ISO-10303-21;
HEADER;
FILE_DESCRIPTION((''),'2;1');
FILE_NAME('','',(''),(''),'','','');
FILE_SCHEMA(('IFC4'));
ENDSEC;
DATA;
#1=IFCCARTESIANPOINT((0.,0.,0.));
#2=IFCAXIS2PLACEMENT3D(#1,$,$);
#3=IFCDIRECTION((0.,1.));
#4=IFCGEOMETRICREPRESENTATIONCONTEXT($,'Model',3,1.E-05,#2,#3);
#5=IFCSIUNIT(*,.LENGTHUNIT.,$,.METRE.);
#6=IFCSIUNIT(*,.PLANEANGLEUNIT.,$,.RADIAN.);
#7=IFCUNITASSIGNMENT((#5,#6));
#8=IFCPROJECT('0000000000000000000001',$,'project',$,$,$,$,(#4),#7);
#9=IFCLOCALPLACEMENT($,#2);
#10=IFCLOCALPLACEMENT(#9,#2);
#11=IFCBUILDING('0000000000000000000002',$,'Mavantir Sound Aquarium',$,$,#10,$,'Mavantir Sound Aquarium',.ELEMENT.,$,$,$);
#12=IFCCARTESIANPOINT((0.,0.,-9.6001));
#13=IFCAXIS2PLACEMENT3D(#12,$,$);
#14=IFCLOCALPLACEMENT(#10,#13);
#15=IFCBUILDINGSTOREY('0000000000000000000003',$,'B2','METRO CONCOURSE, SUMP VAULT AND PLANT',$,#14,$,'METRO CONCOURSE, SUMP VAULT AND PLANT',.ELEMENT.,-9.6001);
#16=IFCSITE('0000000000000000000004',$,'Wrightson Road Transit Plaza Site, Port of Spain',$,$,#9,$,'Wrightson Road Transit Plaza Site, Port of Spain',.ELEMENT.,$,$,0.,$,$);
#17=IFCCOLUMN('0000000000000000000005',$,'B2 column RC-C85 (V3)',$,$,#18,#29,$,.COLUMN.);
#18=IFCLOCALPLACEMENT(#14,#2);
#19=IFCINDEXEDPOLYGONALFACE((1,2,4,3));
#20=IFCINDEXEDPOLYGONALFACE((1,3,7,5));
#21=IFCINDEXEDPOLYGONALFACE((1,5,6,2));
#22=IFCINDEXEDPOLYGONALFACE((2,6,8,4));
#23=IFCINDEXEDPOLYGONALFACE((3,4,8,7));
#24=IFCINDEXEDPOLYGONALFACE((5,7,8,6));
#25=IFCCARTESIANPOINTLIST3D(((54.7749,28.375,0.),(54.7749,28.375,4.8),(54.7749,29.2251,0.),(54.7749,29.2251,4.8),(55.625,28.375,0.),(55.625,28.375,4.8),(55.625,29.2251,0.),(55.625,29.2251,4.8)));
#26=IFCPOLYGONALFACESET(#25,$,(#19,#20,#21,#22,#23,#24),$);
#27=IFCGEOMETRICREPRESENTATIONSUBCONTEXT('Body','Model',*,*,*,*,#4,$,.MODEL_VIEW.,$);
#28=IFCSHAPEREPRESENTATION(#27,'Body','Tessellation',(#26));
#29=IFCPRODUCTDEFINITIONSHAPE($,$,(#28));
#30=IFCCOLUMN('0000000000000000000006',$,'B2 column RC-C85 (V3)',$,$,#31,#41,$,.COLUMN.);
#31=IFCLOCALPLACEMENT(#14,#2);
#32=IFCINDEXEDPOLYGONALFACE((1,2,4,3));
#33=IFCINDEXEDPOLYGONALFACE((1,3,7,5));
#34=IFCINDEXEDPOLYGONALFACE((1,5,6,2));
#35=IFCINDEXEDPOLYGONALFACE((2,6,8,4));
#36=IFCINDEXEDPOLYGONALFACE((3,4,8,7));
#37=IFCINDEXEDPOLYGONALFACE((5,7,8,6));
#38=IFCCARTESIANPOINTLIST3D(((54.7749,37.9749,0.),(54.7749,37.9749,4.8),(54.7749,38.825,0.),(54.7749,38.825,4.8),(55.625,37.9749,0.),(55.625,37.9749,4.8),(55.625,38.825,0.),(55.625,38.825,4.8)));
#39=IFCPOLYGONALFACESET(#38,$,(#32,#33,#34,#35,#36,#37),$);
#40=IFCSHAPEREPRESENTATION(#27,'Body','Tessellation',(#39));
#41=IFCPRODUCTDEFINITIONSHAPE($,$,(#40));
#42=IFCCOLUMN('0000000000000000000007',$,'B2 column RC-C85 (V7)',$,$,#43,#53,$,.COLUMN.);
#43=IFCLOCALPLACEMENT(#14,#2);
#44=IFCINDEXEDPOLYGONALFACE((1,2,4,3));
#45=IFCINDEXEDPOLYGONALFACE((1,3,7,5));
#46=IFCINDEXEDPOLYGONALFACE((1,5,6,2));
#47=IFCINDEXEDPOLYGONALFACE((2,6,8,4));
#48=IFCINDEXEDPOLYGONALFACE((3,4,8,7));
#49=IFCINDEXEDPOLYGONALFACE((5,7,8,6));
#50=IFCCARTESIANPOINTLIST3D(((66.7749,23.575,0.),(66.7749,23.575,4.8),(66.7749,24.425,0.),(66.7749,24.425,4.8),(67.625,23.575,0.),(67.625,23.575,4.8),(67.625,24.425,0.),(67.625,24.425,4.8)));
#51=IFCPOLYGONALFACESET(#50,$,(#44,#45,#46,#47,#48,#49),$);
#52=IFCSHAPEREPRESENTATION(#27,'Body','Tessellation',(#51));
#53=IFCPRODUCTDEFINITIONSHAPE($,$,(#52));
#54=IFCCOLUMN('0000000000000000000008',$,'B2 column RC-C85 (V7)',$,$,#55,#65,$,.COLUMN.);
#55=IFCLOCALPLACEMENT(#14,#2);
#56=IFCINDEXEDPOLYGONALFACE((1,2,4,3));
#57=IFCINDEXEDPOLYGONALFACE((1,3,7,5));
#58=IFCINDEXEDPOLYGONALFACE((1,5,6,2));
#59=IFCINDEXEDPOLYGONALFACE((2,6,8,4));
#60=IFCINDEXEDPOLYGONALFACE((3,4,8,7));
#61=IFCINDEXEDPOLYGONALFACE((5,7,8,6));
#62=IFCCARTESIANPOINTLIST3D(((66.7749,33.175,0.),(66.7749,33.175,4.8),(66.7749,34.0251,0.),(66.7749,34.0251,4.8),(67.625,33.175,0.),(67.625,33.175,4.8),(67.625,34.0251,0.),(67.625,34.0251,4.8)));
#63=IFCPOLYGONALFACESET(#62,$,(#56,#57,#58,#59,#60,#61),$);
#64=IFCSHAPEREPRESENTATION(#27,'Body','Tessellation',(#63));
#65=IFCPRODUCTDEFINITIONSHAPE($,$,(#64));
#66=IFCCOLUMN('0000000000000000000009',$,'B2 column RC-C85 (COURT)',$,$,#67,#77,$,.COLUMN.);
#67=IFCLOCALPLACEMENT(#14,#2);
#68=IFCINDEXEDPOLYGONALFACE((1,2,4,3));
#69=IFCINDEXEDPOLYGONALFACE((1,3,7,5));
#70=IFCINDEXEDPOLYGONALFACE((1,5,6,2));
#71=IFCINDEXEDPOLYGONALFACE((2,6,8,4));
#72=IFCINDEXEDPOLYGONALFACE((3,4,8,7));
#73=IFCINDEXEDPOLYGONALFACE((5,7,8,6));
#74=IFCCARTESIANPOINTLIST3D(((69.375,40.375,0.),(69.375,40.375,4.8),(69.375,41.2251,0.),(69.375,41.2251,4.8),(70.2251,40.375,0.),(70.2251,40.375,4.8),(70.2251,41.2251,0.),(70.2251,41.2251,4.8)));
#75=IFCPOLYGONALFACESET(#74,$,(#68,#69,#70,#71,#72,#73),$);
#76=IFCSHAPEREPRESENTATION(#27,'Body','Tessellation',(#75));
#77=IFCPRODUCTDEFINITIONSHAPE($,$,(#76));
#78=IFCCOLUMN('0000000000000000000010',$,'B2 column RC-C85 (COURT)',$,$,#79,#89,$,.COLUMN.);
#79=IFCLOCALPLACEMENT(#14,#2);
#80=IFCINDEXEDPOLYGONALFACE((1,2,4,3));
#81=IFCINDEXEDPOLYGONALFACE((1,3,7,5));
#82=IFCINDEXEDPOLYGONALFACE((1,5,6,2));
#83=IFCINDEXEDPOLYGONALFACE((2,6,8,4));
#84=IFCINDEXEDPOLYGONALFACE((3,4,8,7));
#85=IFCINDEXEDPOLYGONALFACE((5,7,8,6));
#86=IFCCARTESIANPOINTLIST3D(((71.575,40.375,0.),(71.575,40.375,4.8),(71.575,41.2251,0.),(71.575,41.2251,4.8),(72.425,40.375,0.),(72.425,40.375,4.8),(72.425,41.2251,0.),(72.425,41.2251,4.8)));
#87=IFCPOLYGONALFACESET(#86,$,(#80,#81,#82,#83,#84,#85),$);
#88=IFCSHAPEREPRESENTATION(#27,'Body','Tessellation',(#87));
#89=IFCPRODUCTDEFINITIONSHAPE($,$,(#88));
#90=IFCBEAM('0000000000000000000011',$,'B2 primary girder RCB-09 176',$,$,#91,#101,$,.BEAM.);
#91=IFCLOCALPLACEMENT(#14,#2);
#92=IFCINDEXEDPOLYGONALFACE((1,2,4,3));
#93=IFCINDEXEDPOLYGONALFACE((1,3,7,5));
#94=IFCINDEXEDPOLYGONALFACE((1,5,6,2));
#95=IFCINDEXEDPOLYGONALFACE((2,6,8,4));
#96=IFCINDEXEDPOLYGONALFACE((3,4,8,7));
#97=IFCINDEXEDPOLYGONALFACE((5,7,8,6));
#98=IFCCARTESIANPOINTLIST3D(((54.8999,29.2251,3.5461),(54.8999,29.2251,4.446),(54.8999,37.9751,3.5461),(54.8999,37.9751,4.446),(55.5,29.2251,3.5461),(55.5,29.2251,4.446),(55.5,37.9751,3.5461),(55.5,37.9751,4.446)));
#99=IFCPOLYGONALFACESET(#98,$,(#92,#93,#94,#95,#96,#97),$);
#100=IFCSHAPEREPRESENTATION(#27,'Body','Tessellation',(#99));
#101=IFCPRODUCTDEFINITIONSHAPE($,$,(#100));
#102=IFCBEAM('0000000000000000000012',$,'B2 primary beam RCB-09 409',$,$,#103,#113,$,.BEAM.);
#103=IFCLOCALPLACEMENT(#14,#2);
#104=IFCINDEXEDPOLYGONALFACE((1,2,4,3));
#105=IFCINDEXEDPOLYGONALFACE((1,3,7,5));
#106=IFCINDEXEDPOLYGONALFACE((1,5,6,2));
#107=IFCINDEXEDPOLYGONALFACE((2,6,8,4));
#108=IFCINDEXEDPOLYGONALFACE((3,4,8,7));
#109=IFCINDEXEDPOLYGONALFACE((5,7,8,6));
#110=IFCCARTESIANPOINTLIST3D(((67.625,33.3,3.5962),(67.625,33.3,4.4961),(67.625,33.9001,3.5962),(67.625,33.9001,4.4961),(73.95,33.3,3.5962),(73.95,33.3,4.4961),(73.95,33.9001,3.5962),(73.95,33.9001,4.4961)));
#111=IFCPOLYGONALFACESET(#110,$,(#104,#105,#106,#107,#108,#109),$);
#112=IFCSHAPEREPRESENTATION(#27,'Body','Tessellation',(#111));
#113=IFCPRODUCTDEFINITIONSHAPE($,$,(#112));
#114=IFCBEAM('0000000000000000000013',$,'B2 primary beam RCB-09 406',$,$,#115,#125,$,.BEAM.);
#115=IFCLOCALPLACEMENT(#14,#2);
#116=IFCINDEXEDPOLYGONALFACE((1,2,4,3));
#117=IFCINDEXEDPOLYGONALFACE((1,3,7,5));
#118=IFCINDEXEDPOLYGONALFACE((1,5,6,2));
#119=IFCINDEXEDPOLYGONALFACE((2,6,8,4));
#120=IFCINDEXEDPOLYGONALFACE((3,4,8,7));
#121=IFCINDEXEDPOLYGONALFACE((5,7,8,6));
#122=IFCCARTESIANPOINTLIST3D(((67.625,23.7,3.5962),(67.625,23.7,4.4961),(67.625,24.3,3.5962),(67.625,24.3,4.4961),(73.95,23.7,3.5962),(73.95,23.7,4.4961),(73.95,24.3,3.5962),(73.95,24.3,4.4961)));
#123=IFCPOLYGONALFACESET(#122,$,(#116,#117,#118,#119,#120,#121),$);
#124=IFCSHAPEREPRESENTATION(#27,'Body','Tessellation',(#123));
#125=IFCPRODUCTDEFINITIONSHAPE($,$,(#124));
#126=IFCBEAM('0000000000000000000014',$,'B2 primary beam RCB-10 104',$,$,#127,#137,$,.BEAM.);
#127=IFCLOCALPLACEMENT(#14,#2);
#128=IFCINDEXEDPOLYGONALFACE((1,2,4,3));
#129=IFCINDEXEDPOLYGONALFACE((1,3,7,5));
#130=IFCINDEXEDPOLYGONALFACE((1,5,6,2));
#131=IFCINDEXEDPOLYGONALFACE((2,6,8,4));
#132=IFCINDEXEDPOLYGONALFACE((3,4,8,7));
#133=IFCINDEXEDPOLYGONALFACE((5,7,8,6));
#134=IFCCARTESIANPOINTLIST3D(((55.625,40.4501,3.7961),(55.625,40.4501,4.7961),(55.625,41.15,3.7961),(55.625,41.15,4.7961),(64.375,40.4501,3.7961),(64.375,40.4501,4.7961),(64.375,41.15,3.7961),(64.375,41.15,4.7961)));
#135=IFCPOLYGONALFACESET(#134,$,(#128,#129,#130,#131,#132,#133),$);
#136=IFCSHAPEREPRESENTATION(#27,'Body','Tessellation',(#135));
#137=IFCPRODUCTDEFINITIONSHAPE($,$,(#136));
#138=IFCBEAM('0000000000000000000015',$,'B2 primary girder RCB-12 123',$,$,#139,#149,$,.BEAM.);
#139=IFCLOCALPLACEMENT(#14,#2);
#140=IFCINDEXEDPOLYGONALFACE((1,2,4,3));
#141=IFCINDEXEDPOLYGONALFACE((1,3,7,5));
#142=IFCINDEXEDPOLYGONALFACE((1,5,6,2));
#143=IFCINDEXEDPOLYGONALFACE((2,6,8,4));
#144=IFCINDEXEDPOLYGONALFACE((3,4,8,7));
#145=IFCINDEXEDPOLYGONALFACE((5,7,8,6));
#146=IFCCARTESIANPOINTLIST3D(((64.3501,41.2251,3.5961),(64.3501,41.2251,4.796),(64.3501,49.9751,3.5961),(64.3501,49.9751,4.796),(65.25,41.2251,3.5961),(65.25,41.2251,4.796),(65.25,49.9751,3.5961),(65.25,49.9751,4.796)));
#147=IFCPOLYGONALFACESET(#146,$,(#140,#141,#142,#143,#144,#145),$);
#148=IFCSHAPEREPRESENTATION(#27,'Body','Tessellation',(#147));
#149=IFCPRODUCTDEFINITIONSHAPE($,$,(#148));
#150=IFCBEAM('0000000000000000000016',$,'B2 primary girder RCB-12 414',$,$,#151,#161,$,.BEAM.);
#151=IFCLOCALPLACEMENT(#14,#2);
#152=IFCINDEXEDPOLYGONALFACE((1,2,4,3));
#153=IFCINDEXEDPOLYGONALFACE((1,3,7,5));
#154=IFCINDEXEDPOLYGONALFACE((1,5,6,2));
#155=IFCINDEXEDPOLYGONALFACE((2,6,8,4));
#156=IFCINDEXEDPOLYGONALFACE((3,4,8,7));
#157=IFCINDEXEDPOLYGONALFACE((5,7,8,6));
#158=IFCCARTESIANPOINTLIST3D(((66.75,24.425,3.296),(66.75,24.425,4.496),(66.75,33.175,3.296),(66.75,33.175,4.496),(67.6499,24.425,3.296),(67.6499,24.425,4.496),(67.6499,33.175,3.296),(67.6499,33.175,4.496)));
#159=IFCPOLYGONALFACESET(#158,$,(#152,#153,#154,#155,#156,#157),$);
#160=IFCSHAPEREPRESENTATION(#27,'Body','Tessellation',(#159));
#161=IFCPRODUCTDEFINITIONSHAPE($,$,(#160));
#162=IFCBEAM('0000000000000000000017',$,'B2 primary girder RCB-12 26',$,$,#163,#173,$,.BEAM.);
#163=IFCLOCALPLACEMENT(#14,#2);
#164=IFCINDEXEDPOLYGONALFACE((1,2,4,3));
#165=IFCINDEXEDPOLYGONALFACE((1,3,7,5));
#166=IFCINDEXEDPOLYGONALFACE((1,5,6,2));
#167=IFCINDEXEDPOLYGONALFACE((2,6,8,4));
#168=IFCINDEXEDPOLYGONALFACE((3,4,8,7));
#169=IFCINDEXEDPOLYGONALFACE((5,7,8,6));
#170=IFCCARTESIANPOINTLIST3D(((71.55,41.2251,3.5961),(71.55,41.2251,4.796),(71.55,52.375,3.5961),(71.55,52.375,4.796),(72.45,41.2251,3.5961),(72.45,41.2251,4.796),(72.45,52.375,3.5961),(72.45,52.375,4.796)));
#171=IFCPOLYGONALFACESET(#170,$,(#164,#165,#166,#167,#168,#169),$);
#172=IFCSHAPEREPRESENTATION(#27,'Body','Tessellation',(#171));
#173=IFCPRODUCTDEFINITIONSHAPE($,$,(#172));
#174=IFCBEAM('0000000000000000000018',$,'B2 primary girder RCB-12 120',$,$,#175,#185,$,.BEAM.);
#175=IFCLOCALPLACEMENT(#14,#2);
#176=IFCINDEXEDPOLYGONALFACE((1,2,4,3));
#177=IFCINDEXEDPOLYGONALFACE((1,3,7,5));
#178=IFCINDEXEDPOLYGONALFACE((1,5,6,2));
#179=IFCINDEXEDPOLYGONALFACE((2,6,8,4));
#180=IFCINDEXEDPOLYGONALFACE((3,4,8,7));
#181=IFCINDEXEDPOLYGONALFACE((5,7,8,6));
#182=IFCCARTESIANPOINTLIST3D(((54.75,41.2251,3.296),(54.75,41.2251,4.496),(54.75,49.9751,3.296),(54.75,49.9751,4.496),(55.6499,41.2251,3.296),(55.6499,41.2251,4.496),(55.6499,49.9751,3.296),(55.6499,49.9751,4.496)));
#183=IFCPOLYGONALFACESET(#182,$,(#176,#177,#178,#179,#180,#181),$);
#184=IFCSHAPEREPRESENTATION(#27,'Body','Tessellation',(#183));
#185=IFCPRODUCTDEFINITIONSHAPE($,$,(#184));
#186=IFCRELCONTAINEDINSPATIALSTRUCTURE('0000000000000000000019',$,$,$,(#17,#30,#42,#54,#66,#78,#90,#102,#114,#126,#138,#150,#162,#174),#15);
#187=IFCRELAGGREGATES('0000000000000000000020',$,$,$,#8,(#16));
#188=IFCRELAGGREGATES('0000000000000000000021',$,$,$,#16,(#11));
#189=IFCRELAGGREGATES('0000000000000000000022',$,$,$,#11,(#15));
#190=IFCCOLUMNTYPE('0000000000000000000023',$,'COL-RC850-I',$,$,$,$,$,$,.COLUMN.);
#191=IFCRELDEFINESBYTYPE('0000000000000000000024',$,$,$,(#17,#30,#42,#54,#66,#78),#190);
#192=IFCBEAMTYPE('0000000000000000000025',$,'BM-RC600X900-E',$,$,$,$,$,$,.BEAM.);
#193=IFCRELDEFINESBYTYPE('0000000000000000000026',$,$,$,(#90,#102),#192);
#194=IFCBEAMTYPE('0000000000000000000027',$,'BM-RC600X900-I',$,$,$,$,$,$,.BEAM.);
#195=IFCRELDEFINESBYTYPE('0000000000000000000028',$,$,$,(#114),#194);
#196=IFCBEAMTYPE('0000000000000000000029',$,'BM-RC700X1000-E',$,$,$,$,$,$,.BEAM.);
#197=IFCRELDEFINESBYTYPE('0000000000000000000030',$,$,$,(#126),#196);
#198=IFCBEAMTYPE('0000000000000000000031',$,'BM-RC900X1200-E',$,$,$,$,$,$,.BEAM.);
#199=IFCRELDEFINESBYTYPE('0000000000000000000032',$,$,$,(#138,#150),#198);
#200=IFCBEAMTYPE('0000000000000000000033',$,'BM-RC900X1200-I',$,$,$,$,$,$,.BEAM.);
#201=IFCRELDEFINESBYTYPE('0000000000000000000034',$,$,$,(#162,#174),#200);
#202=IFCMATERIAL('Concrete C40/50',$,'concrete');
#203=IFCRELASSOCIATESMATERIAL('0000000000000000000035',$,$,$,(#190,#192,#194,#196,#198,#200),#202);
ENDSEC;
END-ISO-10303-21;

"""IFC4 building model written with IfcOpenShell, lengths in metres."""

from ifc_helpers import new_model, si_unit, direction, frame, origin, origin_2d, place, context, subcontext, project, spatial, rectangle, extrude, material, material_profile, profile_set, type_object, element, save


model = new_model("IFC4")

# Units and contexts
model_context = context("Model", 3, precision=1e-05, world=origin(), true_north=direction((0.0, 1.0)))
body_context = subcontext(model_context, "Body", "Model", "MODEL_VIEW")
ifc_project = project(units=[si_unit("LENGTHUNIT", "METRE"), si_unit("PLANEANGLEUNIT", "RADIAN")], contexts=[model_context])

# Site, building, storey
site_placement = place(None, origin())
site = spatial("IfcSite", under=ifc_project, at=site_placement, Name="Wrightson Road Transit Plaza Site, Port of Spain", LongName="Wrightson Road Transit Plaza Site, Port of Spain", CompositionType="ELEMENT", RefElevation=0.0)
building_placement = place(site_placement, origin())
building = spatial("IfcBuilding", under=site, at=building_placement, Name="Mavantir Sound Aquarium", LongName="Mavantir Sound Aquarium", CompositionType="ELEMENT")
storey_placement = place(building_placement, frame((0.0, 0.0, -9.6001)))
storey = spatial("IfcBuildingStorey", under=building, at=storey_placement, Name="B2", Description="METRO CONCOURSE, SUMP VAULT AND PLANT", LongName="METRO CONCOURSE, SUMP VAULT AND PLANT", CompositionType="ELEMENT", Elevation=-9.6001)

# Shared definitions
ifc_material_1 = material(Name="Concrete C40/50", Category="concrete")

# Columns
ifc_material_profile_1 = material_profile(ifc_material_1, rectangle(XDim=0.8501, YDim=0.8501, at=origin_2d()), Name="RC 850X850")
ifc_profile_set_1 = profile_set([ifc_material_profile_1], Name="Concrete C40/50")
column_type = type_object("IfcColumnType", Name="COL-RC850-I", PredefinedType="COLUMN", material=ifc_profile_set_1)
for number, where, z_axis, x_axis, name in (
    (1, (55.2, 28.8, 0.0), (0.0, 0.0, 1.0), (1.0, 0.0, 0.0), "B2 column RC-C85 (V3)"),
    (2, (55.2, 38.3999, 0.0), (0.0, 0.0, 1.0), (1.0, 0.0, 0.0), "B2 column RC-C85 (V3)"),
    (3, (67.2, 24.0, 0.0), (0.0, 0.0, 1.0), (1.0, 0.0, 0.0), "B2 column RC-C85 (V7)"),
    (4, (67.2, 33.6001, 0.0), (0.0, 0.0, 1.0), (1.0, 0.0, 0.0), "B2 column RC-C85 (V7)"),
    (5, (69.8, 40.8, 0.0), (0.0, 0.0, 1.0), (1.0, 0.0, 0.0), "B2 column RC-C85 (COURT)"),
    (6, (72.0, 40.8, 0.0), (0.0, 0.0, 1.0), (1.0, 0.0, 0.0), "B2 column RC-C85 (COURT)"),
):
    element("IfcColumn", number, at=place(storey_placement, frame(where, z_axis=z_axis, x_axis=x_axis)), inside=storey, type_object=column_type, Name=name, PredefinedType="COLUMN", context=body_context, shape_type="SweptSolid", body=[
        extrude(rectangle(XDim=0.8501, YDim=0.8501, at=origin_2d()), origin(), (0.0, 0.0, 1.0), 4.8),
    ])

# Beams
ifc_material_profile_2 = material_profile(ifc_material_1, rectangle(XDim=0.6001, YDim=0.8999, at=origin_2d()), Name="RC 600X900")
ifc_profile_set_2 = profile_set([ifc_material_profile_2], Name="Concrete C40/50")
beam_type_1 = type_object("IfcBeamType", Name="BM-RC600X900-E", PredefinedType="BEAM", material=ifc_profile_set_2)
beam_1_placement = place(storey_placement, frame((55.2, 29.2251, 3.9961), z_axis=(0.0, 1.0, 0.0), x_axis=(-1.0, 0.0, 0.0)))
element("IfcBeam", 7, at=beam_1_placement, inside=storey, type_object=beam_type_1, Name="B2 primary girder RCB-09 176", PredefinedType="BEAM", context=body_context, shape_type="SweptSolid", body=[
    extrude(rectangle(XDim=0.6001, YDim=0.8999, at=origin_2d()), origin(), (0.0, 0.0, 1.0), 8.75),
])
beam_2_placement = place(storey_placement, frame((67.625, 33.6001, 4.0461), z_axis=(1.0, 0.0, 0.0), x_axis=(0.0, 1.0, 0.0)))
element("IfcBeam", 8, at=beam_2_placement, inside=storey, type_object=beam_type_1, Name="B2 primary beam RCB-09 409", PredefinedType="BEAM", context=body_context, shape_type="SweptSolid", body=[
    extrude(rectangle(XDim=0.6001, YDim=0.8999, at=origin_2d()), origin(), (0.0, 0.0, 1.0), 6.325),
])
ifc_material_profile_3 = material_profile(ifc_material_1, rectangle(XDim=0.6001, YDim=0.8999, at=origin_2d()), Name="RC 600X900")
ifc_profile_set_3 = profile_set([ifc_material_profile_3], Name="Concrete C40/50")
beam_type_2 = type_object("IfcBeamType", Name="BM-RC600X900-I", PredefinedType="BEAM", material=ifc_profile_set_3)
beam_3_placement = place(storey_placement, frame((67.625, 24.0, 4.0461), z_axis=(1.0, 0.0, 0.0), x_axis=(0.0, 1.0, 0.0)))
element("IfcBeam", 9, at=beam_3_placement, inside=storey, type_object=beam_type_2, Name="B2 primary beam RCB-09 406", PredefinedType="BEAM", context=body_context, shape_type="SweptSolid", body=[
    extrude(rectangle(XDim=0.6001, YDim=0.8999, at=origin_2d()), origin(), (0.0, 0.0, 1.0), 6.325),
])
ifc_material_profile_4 = material_profile(ifc_material_1, rectangle(XDim=0.7, YDim=1.0, at=origin_2d()), Name="RC 700X1000")
ifc_profile_set_4 = profile_set([ifc_material_profile_4], Name="Concrete C40/50")
beam_type_3 = type_object("IfcBeamType", Name="BM-RC700X1000-E", PredefinedType="BEAM", material=ifc_profile_set_4)
beam_4_placement = place(storey_placement, frame((55.625, 40.8, 4.2961), z_axis=(1.0, 0.0, 0.0), x_axis=(0.0, 1.0, 0.0)))
element("IfcBeam", 10, at=beam_4_placement, inside=storey, type_object=beam_type_3, Name="B2 primary beam RCB-10 104", PredefinedType="BEAM", context=body_context, shape_type="SweptSolid", body=[
    extrude(rectangle(XDim=0.7, YDim=1.0, at=origin_2d()), origin(), (0.0, 0.0, 1.0), 8.75),
])
ifc_material_profile_5 = material_profile(ifc_material_1, rectangle(XDim=0.8999, YDim=1.2, at=origin_2d()), Name="RC 900X1200")
ifc_profile_set_5 = profile_set([ifc_material_profile_5], Name="Concrete C40/50")
beam_type_4 = type_object("IfcBeamType", Name="BM-RC900X1200-E", PredefinedType="BEAM", material=ifc_profile_set_5)
for number, where, z_axis, x_axis, name in (
    (11, (64.8, 41.2251, 4.196), (0.0, 1.0, 0.0), (-1.0, 0.0, 0.0), "B2 primary girder RCB-12 123"),
    (12, (67.2, 24.425, 3.896), (0.0, 1.0, 0.0), (-1.0, 0.0, 0.0), "B2 primary girder RCB-12 414"),
):
    element("IfcBeam", number, at=place(storey_placement, frame(where, z_axis=z_axis, x_axis=x_axis)), inside=storey, type_object=beam_type_4, Name=name, PredefinedType="BEAM", context=body_context, shape_type="SweptSolid", body=[
        extrude(rectangle(XDim=0.8999, YDim=1.2, at=origin_2d()), origin(), (0.0, 0.0, 1.0), 8.75),
    ])
ifc_material_profile_6 = material_profile(ifc_material_1, rectangle(XDim=0.8999, YDim=1.2, at=origin_2d()), Name="RC 900X1200")
ifc_profile_set_6 = profile_set([ifc_material_profile_6], Name="Concrete C40/50")
beam_type_5 = type_object("IfcBeamType", Name="BM-RC900X1200-I", PredefinedType="BEAM", material=ifc_profile_set_6)
beam_5_placement = place(storey_placement, frame((72.0, 41.2251, 4.196), z_axis=(0.0, 1.0, 0.0), x_axis=(-1.0, 0.0, 0.0)))
element("IfcBeam", 13, at=beam_5_placement, inside=storey, type_object=beam_type_5, Name="B2 primary girder RCB-12 26", PredefinedType="BEAM", context=body_context, shape_type="SweptSolid", body=[
    extrude(rectangle(XDim=0.8999, YDim=1.2, at=origin_2d()), origin(), (0.0, 0.0, 1.0), 11.1499),
])
beam_6_placement = place(storey_placement, frame((55.2, 41.2251, 3.896), z_axis=(0.0, 1.0, 0.0), x_axis=(-1.0, 0.0, 0.0)))
element("IfcBeam", 14, at=beam_6_placement, inside=storey, type_object=beam_type_5, Name="B2 primary girder RCB-12 120", PredefinedType="BEAM", context=body_context, shape_type="SweptSolid", body=[
    extrude(rectangle(XDim=0.8999, YDim=1.2, at=origin_2d()), origin(), (0.0, 0.0, 1.0), 8.75),
])

save(model, "model.ifc")
